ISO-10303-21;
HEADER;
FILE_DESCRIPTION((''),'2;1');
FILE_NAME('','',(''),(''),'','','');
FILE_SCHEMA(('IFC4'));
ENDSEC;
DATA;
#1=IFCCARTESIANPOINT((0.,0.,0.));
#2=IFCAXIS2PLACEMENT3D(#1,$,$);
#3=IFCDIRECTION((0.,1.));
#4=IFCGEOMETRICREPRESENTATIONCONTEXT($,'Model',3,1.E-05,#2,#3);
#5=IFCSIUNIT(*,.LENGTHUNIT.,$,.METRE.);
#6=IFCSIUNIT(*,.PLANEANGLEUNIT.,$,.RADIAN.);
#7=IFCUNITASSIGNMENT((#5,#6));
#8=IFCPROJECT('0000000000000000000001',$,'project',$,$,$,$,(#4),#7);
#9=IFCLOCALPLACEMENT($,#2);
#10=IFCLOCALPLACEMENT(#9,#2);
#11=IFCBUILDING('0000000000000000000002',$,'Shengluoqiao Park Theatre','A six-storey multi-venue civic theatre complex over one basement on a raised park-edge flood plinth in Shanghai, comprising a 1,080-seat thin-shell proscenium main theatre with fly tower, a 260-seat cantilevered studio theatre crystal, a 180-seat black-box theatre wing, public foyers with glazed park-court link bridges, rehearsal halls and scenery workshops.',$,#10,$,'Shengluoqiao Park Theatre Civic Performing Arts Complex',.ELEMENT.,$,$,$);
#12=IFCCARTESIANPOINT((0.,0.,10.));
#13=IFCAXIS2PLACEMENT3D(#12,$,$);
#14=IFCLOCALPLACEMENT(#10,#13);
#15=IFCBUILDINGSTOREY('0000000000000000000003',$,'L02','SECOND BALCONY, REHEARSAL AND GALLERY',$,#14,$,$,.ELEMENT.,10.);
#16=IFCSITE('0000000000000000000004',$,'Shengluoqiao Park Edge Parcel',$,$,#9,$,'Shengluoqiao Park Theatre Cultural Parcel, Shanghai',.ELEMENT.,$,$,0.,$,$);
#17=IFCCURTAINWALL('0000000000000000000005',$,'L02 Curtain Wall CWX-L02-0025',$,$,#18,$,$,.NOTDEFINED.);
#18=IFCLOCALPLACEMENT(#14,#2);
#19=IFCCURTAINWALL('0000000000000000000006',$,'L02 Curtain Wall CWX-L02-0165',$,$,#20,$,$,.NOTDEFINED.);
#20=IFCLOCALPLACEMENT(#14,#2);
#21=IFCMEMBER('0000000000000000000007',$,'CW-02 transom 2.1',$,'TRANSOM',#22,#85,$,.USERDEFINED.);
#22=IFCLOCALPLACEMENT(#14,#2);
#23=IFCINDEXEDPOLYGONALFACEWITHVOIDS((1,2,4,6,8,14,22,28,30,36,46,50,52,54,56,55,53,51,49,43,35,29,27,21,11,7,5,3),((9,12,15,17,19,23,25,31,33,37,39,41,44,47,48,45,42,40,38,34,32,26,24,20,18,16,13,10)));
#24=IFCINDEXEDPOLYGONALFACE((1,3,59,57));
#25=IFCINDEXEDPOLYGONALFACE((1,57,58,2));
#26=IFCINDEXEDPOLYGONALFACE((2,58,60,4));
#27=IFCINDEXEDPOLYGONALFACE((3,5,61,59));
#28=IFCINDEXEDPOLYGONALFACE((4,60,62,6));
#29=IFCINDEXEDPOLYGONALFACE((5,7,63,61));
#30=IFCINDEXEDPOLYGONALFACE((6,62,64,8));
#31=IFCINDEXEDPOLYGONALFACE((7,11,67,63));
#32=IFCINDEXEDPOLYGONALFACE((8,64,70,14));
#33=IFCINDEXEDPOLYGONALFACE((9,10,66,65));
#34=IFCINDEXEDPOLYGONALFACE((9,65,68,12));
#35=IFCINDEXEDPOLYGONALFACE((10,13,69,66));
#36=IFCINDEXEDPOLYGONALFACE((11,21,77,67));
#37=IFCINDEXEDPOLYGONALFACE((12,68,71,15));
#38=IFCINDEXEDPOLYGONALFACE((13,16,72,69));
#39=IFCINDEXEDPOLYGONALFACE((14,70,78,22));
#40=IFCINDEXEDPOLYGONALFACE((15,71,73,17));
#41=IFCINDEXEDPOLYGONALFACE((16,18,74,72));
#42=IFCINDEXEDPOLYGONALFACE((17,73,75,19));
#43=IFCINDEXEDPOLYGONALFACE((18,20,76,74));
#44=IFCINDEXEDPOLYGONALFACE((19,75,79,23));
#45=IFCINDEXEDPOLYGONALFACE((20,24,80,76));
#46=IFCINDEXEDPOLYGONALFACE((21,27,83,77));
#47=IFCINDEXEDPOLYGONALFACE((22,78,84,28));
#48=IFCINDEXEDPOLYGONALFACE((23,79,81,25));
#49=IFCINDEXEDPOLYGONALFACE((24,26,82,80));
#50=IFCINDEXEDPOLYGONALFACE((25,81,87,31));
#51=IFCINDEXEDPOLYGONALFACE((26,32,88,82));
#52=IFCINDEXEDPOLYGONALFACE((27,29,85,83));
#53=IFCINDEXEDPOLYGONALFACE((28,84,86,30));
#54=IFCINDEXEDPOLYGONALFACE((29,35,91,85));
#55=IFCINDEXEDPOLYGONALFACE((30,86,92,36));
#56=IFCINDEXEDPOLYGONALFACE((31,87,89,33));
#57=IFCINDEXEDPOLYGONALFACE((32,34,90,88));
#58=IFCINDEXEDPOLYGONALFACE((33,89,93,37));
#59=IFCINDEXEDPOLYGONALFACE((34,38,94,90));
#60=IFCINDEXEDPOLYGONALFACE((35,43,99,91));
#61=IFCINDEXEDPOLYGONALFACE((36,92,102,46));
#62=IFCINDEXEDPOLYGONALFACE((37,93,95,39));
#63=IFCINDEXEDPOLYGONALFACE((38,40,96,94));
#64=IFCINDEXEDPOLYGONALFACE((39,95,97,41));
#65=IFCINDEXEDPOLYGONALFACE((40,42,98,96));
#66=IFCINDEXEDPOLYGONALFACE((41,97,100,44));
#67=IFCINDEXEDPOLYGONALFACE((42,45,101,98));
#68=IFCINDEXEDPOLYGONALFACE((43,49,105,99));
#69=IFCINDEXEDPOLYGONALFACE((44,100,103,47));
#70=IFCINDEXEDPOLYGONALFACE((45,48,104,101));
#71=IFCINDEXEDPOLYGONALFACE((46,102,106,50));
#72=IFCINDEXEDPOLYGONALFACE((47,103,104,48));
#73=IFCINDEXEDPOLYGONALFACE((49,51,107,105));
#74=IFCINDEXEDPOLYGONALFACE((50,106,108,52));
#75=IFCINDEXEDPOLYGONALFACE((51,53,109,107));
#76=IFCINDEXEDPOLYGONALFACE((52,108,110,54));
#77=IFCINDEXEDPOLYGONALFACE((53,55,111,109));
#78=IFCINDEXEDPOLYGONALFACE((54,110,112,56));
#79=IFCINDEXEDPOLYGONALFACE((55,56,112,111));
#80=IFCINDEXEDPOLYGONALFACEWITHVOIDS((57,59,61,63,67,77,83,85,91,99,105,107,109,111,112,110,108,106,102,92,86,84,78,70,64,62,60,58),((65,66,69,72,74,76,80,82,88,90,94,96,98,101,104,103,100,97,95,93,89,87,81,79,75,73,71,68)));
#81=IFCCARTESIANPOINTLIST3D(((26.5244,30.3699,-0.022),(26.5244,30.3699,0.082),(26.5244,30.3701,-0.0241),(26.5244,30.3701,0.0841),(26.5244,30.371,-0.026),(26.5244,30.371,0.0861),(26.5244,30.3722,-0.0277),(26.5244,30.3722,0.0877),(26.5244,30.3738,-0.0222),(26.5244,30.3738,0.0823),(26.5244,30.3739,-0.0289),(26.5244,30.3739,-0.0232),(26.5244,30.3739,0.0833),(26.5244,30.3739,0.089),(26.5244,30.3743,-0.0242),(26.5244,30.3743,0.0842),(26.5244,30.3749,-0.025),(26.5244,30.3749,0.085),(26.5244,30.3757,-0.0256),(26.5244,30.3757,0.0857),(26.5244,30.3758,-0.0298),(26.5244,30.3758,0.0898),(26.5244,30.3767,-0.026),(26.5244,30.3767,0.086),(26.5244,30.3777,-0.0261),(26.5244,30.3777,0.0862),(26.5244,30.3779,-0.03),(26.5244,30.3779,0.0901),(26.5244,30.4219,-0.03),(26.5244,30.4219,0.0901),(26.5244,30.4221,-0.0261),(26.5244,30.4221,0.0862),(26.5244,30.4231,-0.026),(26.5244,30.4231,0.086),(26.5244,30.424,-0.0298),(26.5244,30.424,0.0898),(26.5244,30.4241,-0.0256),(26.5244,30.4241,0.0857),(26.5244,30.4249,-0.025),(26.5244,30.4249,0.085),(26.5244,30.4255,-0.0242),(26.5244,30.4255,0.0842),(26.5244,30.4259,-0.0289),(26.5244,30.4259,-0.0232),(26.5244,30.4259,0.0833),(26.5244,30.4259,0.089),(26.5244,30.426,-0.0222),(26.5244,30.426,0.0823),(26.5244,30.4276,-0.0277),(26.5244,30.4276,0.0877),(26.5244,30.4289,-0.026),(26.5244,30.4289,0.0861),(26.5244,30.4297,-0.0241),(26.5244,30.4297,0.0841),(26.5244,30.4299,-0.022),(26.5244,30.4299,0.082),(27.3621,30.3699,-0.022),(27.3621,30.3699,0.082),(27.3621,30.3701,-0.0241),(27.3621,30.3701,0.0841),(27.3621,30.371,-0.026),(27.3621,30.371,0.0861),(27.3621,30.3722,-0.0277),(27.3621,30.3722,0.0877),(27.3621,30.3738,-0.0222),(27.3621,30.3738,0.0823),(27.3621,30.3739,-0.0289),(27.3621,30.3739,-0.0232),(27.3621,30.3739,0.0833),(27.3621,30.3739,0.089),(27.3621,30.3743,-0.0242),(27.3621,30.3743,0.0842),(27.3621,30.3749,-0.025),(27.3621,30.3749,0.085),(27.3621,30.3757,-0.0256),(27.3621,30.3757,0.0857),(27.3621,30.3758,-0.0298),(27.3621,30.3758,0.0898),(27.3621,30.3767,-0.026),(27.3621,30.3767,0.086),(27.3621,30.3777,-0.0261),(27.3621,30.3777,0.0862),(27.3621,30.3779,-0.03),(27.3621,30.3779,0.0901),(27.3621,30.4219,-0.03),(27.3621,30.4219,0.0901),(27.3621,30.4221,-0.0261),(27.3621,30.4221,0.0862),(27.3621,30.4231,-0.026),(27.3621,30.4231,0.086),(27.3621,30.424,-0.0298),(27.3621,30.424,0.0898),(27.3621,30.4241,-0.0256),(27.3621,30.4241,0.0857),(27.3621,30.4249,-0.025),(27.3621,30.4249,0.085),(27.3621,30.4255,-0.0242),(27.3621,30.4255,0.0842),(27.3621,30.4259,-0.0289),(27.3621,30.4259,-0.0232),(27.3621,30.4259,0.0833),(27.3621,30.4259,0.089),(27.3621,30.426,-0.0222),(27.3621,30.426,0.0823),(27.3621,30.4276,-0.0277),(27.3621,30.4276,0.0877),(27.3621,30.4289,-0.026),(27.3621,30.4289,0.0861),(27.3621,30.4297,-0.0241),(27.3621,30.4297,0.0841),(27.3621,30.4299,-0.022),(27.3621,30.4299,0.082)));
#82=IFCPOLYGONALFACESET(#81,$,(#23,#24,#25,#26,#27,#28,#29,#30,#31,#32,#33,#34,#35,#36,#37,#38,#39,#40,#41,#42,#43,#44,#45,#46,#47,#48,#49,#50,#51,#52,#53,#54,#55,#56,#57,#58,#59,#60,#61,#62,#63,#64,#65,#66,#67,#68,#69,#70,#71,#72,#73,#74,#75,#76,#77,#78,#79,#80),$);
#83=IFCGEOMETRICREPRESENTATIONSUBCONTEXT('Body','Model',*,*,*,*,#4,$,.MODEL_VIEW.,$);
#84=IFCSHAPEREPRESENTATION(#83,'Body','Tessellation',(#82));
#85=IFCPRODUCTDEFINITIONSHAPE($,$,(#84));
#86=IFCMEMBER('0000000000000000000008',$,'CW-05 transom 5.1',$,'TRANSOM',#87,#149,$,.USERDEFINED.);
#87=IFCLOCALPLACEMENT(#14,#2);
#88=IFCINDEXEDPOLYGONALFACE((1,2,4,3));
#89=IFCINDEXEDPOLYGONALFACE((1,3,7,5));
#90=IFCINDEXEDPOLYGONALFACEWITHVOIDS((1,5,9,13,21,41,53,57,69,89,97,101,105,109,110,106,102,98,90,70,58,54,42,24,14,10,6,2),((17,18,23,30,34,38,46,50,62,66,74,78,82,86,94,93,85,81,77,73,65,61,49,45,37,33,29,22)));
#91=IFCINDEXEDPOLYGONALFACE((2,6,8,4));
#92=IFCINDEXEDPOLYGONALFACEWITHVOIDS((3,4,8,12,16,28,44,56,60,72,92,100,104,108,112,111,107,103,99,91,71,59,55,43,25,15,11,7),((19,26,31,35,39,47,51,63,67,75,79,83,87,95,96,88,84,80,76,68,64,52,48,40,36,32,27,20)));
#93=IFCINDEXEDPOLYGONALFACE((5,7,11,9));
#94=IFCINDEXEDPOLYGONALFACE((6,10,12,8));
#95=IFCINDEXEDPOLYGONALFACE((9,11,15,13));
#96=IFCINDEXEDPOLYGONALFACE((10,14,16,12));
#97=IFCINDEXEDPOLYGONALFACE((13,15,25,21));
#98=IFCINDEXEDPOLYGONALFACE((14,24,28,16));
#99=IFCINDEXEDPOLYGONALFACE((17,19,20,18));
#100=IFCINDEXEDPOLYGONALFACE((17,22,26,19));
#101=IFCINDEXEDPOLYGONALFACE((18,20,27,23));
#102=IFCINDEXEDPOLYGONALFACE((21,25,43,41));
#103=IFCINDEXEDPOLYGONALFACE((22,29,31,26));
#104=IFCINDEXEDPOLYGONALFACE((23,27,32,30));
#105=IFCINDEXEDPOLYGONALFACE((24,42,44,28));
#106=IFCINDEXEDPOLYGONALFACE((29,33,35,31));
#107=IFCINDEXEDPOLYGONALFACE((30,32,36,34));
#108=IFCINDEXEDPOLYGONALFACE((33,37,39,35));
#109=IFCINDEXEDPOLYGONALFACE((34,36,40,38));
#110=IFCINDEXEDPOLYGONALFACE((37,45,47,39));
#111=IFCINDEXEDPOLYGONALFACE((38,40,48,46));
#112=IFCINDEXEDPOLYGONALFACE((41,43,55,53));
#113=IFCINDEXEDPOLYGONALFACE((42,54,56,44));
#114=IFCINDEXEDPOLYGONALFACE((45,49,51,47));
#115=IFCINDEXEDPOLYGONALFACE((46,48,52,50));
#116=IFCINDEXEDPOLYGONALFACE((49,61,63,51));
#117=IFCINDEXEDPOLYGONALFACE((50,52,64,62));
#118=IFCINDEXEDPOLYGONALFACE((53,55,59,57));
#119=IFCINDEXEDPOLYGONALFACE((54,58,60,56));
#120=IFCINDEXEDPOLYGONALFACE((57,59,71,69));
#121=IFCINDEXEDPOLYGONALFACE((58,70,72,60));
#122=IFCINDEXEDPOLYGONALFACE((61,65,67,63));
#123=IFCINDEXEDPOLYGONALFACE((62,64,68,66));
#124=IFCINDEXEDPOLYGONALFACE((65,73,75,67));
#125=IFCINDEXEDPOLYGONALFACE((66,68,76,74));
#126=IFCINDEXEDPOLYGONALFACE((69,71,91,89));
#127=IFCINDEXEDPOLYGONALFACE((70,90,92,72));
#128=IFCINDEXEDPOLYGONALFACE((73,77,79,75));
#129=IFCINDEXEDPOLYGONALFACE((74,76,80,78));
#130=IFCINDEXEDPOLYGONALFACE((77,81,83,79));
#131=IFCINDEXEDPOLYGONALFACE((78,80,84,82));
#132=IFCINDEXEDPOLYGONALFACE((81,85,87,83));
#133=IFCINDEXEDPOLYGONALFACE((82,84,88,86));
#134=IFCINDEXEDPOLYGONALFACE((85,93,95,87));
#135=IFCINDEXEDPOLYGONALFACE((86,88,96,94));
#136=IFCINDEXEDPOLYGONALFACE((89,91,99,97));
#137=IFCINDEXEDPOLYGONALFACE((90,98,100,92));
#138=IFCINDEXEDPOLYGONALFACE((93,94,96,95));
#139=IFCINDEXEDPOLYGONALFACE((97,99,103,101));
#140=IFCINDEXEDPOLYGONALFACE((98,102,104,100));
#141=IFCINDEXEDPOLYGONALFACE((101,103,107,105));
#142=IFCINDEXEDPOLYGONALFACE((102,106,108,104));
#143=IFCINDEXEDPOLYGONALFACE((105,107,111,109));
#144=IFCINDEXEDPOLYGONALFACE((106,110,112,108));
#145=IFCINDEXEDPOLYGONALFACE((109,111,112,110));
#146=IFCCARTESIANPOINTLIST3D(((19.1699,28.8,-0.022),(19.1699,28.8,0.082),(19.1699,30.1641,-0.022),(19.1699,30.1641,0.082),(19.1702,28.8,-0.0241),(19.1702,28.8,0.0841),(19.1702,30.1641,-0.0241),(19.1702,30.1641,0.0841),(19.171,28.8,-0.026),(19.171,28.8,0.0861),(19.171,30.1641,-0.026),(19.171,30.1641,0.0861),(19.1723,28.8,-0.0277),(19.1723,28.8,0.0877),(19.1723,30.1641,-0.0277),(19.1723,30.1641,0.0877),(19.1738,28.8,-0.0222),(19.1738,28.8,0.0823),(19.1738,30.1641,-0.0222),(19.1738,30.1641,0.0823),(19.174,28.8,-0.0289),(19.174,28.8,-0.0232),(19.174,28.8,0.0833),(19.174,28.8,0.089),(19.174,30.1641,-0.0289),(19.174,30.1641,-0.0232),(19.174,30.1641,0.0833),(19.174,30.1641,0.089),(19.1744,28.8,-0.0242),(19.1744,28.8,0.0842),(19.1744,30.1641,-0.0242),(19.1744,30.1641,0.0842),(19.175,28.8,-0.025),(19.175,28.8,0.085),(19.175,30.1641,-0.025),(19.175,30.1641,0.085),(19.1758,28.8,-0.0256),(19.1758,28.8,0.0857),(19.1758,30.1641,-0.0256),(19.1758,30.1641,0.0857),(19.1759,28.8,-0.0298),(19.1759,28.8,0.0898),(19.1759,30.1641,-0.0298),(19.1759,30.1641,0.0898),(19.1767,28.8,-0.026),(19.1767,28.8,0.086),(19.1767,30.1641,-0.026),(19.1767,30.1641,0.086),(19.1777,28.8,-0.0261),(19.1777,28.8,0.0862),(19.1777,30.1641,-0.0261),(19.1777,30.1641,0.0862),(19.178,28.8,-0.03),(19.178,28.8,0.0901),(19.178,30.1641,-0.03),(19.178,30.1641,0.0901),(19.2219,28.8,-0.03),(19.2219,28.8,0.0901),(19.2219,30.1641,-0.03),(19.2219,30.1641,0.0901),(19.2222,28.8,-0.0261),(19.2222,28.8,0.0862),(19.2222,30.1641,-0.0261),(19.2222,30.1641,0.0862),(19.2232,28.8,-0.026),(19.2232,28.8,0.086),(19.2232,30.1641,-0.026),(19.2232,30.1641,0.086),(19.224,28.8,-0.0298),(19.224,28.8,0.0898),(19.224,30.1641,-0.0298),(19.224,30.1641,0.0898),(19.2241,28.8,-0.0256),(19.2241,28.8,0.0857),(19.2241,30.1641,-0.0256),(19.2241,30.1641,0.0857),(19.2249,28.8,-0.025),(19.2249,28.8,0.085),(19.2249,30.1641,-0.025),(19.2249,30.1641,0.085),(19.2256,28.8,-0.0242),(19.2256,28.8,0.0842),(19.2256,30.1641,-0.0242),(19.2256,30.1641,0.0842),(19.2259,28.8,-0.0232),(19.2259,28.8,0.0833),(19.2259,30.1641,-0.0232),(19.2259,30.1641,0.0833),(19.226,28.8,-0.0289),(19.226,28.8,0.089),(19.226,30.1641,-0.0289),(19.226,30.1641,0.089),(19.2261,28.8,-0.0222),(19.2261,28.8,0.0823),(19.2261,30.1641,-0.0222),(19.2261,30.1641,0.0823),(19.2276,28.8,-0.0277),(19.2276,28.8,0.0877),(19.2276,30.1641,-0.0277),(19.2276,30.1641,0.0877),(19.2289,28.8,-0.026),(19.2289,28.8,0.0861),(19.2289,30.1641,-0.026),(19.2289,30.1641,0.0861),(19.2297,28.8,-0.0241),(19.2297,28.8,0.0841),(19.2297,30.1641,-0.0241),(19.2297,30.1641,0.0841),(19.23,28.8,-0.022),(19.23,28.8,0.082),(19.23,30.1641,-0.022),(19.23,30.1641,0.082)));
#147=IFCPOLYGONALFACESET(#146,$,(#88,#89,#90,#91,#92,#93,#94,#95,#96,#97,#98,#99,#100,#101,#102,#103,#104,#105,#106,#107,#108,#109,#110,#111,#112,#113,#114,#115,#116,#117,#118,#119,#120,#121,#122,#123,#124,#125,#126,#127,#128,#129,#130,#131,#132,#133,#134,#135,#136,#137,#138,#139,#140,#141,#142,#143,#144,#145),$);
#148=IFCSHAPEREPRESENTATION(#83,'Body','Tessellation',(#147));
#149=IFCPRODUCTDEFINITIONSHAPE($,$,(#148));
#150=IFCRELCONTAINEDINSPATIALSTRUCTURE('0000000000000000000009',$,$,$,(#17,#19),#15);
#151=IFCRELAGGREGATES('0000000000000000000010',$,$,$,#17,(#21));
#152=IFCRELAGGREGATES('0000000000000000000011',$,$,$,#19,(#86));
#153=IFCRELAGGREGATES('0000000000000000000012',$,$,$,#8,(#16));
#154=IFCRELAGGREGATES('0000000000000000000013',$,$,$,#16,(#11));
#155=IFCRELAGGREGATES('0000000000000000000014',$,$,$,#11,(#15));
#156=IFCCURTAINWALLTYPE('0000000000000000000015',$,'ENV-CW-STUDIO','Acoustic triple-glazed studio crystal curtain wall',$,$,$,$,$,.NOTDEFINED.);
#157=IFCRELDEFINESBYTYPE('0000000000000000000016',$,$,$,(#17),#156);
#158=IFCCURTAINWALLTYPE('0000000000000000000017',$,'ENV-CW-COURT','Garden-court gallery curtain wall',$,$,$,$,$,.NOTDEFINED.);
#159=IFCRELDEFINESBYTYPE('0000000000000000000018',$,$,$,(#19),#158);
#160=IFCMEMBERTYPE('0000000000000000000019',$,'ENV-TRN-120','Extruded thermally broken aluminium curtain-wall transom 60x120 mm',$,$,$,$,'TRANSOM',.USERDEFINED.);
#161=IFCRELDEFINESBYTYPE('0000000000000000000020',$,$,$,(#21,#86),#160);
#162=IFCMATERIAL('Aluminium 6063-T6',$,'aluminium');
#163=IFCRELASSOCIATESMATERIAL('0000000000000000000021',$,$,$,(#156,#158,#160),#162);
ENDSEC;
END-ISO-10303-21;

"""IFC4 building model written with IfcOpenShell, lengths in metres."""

from ifc_helpers import new_model, si_unit, direction, frame, origin, origin_2d, place, context, subcontext, project, spatial, hollow_rectangle, extrude, material, material_profile, profile_set, type_object, element, aggregate, save


model = new_model("IFC4")

# Units and contexts
model_context = context("Model", 3, precision=1e-05, world=origin(), true_north=direction((0.0, 1.0)))
body_context = subcontext(model_context, "Body", "Model", "MODEL_VIEW")
ifc_project = project(units=[si_unit("LENGTHUNIT", "METRE"), si_unit("PLANEANGLEUNIT", "RADIAN")], contexts=[model_context])

# Site, building, storey
site_placement = place(None, origin())
site = spatial("IfcSite", under=ifc_project, at=site_placement, Name="Shengluoqiao Park Edge Parcel", LongName="Shengluoqiao Park Theatre Cultural Parcel, Shanghai", CompositionType="ELEMENT", RefElevation=0.0)
building_placement = place(site_placement, origin())
building = spatial("IfcBuilding", under=site, at=building_placement, Name="Shengluoqiao Park Theatre", Description="A six-storey multi-venue civic theatre complex over one basement on a raised park-edge flood plinth in Shanghai, comprising a 1,080-seat thin-shell proscenium main theatre with fly tower, a 260-seat cantilevered studio theatre crystal, a 180-seat black-box theatre wing, public foyers with glazed park-court link bridges, rehearsal halls and scenery workshops.", LongName="Shengluoqiao Park Theatre Civic Performing Arts Complex", CompositionType="ELEMENT")
storey_placement = place(building_placement, frame((0.0, 0.0, 10.0)))
storey = spatial("IfcBuildingStorey", under=building, at=storey_placement, Name="L02", Description="SECOND BALCONY, REHEARSAL AND GALLERY", CompositionType="ELEMENT", Elevation=10.0)

# Curtain walls
ifc_material_1 = material(Name="Aluminium 6063-T6", Category="aluminium")
curtain_wall_type_1 = type_object("IfcCurtainWallType", Name="ENV-CW-STUDIO", Description="Acoustic triple-glazed studio crystal curtain wall", PredefinedType="NOTDEFINED", material=ifc_material_1)
curtain_wall_1_placement = place(storey_placement, origin())
curtain_wall_1 = element("IfcCurtainWall", 1, at=curtain_wall_1_placement, inside=storey, type_object=curtain_wall_type_1, Name="L02 Curtain Wall CWX-L02-0025", PredefinedType="NOTDEFINED")
curtain_wall_type_2 = type_object("IfcCurtainWallType", Name="ENV-CW-COURT", Description="Garden-court gallery curtain wall", PredefinedType="NOTDEFINED", material=ifc_material_1)
curtain_wall_2_placement = place(storey_placement, origin())
curtain_wall_2 = element("IfcCurtainWall", 2, at=curtain_wall_2_placement, inside=storey, type_object=curtain_wall_type_2, Name="L02 Curtain Wall CWX-L02-0165", PredefinedType="NOTDEFINED")

# Members
ifc_material_profile_1 = material_profile(ifc_material_1, hollow_rectangle(XDim=0.0601, YDim=0.1201, WallThickness=0.0039, InnerFilletRadius=0.0039, OuterFilletRadius=0.0081, at=origin_2d()), Name="ALU TRANSOM 120x60x4")
ifc_profile_set_1 = profile_set([ifc_material_profile_1], Name="Aluminium 6063-T6")
member_type_1 = type_object("IfcMemberType", Name="ENV-TRN-120", Description="Extruded thermally broken aluminium curtain-wall transom 60x120 mm", ElementType="TRANSOM", PredefinedType="USERDEFINED", material=ifc_profile_set_1)
member_1_placement = place(storey_placement, frame((26.5244, 30.3999, 0.03), z_axis=(1.0, 0.0, 0.0), x_axis=(0.0, 1.0, 0.0)))
member_1 = element("IfcMember", 3, at=member_1_placement, type_object=member_type_1, Name="CW-02 transom 2.1", ObjectType="TRANSOM", PredefinedType="USERDEFINED", context=body_context, shape_type="SweptSolid", body=[
    extrude(hollow_rectangle(XDim=0.0601, YDim=0.1201, WallThickness=0.0039, InnerFilletRadius=0.0039, OuterFilletRadius=0.0081, at=origin_2d()), origin(), (0.0, 0.0, 1.0), 0.8376),
])
member_2_placement = place(storey_placement, frame((19.2, 28.8, 0.03), z_axis=(0.0, 1.0, 0.0), x_axis=(-1.0, 0.0, 0.0)))
member_2 = element("IfcMember", 4, at=member_2_placement, type_object=member_type_1, Name="CW-05 transom 5.1", ObjectType="TRANSOM", PredefinedType="USERDEFINED", context=body_context, shape_type="SweptSolid", body=[
    extrude(hollow_rectangle(XDim=0.0601, YDim=0.1201, WallThickness=0.0039, InnerFilletRadius=0.0039, OuterFilletRadius=0.0081, at=origin_2d()), origin(), (0.0, 0.0, 1.0), 1.364),
])

aggregate(curtain_wall_1, [member_1])
aggregate(curtain_wall_2, [member_2])

save(model, "model.ifc")
